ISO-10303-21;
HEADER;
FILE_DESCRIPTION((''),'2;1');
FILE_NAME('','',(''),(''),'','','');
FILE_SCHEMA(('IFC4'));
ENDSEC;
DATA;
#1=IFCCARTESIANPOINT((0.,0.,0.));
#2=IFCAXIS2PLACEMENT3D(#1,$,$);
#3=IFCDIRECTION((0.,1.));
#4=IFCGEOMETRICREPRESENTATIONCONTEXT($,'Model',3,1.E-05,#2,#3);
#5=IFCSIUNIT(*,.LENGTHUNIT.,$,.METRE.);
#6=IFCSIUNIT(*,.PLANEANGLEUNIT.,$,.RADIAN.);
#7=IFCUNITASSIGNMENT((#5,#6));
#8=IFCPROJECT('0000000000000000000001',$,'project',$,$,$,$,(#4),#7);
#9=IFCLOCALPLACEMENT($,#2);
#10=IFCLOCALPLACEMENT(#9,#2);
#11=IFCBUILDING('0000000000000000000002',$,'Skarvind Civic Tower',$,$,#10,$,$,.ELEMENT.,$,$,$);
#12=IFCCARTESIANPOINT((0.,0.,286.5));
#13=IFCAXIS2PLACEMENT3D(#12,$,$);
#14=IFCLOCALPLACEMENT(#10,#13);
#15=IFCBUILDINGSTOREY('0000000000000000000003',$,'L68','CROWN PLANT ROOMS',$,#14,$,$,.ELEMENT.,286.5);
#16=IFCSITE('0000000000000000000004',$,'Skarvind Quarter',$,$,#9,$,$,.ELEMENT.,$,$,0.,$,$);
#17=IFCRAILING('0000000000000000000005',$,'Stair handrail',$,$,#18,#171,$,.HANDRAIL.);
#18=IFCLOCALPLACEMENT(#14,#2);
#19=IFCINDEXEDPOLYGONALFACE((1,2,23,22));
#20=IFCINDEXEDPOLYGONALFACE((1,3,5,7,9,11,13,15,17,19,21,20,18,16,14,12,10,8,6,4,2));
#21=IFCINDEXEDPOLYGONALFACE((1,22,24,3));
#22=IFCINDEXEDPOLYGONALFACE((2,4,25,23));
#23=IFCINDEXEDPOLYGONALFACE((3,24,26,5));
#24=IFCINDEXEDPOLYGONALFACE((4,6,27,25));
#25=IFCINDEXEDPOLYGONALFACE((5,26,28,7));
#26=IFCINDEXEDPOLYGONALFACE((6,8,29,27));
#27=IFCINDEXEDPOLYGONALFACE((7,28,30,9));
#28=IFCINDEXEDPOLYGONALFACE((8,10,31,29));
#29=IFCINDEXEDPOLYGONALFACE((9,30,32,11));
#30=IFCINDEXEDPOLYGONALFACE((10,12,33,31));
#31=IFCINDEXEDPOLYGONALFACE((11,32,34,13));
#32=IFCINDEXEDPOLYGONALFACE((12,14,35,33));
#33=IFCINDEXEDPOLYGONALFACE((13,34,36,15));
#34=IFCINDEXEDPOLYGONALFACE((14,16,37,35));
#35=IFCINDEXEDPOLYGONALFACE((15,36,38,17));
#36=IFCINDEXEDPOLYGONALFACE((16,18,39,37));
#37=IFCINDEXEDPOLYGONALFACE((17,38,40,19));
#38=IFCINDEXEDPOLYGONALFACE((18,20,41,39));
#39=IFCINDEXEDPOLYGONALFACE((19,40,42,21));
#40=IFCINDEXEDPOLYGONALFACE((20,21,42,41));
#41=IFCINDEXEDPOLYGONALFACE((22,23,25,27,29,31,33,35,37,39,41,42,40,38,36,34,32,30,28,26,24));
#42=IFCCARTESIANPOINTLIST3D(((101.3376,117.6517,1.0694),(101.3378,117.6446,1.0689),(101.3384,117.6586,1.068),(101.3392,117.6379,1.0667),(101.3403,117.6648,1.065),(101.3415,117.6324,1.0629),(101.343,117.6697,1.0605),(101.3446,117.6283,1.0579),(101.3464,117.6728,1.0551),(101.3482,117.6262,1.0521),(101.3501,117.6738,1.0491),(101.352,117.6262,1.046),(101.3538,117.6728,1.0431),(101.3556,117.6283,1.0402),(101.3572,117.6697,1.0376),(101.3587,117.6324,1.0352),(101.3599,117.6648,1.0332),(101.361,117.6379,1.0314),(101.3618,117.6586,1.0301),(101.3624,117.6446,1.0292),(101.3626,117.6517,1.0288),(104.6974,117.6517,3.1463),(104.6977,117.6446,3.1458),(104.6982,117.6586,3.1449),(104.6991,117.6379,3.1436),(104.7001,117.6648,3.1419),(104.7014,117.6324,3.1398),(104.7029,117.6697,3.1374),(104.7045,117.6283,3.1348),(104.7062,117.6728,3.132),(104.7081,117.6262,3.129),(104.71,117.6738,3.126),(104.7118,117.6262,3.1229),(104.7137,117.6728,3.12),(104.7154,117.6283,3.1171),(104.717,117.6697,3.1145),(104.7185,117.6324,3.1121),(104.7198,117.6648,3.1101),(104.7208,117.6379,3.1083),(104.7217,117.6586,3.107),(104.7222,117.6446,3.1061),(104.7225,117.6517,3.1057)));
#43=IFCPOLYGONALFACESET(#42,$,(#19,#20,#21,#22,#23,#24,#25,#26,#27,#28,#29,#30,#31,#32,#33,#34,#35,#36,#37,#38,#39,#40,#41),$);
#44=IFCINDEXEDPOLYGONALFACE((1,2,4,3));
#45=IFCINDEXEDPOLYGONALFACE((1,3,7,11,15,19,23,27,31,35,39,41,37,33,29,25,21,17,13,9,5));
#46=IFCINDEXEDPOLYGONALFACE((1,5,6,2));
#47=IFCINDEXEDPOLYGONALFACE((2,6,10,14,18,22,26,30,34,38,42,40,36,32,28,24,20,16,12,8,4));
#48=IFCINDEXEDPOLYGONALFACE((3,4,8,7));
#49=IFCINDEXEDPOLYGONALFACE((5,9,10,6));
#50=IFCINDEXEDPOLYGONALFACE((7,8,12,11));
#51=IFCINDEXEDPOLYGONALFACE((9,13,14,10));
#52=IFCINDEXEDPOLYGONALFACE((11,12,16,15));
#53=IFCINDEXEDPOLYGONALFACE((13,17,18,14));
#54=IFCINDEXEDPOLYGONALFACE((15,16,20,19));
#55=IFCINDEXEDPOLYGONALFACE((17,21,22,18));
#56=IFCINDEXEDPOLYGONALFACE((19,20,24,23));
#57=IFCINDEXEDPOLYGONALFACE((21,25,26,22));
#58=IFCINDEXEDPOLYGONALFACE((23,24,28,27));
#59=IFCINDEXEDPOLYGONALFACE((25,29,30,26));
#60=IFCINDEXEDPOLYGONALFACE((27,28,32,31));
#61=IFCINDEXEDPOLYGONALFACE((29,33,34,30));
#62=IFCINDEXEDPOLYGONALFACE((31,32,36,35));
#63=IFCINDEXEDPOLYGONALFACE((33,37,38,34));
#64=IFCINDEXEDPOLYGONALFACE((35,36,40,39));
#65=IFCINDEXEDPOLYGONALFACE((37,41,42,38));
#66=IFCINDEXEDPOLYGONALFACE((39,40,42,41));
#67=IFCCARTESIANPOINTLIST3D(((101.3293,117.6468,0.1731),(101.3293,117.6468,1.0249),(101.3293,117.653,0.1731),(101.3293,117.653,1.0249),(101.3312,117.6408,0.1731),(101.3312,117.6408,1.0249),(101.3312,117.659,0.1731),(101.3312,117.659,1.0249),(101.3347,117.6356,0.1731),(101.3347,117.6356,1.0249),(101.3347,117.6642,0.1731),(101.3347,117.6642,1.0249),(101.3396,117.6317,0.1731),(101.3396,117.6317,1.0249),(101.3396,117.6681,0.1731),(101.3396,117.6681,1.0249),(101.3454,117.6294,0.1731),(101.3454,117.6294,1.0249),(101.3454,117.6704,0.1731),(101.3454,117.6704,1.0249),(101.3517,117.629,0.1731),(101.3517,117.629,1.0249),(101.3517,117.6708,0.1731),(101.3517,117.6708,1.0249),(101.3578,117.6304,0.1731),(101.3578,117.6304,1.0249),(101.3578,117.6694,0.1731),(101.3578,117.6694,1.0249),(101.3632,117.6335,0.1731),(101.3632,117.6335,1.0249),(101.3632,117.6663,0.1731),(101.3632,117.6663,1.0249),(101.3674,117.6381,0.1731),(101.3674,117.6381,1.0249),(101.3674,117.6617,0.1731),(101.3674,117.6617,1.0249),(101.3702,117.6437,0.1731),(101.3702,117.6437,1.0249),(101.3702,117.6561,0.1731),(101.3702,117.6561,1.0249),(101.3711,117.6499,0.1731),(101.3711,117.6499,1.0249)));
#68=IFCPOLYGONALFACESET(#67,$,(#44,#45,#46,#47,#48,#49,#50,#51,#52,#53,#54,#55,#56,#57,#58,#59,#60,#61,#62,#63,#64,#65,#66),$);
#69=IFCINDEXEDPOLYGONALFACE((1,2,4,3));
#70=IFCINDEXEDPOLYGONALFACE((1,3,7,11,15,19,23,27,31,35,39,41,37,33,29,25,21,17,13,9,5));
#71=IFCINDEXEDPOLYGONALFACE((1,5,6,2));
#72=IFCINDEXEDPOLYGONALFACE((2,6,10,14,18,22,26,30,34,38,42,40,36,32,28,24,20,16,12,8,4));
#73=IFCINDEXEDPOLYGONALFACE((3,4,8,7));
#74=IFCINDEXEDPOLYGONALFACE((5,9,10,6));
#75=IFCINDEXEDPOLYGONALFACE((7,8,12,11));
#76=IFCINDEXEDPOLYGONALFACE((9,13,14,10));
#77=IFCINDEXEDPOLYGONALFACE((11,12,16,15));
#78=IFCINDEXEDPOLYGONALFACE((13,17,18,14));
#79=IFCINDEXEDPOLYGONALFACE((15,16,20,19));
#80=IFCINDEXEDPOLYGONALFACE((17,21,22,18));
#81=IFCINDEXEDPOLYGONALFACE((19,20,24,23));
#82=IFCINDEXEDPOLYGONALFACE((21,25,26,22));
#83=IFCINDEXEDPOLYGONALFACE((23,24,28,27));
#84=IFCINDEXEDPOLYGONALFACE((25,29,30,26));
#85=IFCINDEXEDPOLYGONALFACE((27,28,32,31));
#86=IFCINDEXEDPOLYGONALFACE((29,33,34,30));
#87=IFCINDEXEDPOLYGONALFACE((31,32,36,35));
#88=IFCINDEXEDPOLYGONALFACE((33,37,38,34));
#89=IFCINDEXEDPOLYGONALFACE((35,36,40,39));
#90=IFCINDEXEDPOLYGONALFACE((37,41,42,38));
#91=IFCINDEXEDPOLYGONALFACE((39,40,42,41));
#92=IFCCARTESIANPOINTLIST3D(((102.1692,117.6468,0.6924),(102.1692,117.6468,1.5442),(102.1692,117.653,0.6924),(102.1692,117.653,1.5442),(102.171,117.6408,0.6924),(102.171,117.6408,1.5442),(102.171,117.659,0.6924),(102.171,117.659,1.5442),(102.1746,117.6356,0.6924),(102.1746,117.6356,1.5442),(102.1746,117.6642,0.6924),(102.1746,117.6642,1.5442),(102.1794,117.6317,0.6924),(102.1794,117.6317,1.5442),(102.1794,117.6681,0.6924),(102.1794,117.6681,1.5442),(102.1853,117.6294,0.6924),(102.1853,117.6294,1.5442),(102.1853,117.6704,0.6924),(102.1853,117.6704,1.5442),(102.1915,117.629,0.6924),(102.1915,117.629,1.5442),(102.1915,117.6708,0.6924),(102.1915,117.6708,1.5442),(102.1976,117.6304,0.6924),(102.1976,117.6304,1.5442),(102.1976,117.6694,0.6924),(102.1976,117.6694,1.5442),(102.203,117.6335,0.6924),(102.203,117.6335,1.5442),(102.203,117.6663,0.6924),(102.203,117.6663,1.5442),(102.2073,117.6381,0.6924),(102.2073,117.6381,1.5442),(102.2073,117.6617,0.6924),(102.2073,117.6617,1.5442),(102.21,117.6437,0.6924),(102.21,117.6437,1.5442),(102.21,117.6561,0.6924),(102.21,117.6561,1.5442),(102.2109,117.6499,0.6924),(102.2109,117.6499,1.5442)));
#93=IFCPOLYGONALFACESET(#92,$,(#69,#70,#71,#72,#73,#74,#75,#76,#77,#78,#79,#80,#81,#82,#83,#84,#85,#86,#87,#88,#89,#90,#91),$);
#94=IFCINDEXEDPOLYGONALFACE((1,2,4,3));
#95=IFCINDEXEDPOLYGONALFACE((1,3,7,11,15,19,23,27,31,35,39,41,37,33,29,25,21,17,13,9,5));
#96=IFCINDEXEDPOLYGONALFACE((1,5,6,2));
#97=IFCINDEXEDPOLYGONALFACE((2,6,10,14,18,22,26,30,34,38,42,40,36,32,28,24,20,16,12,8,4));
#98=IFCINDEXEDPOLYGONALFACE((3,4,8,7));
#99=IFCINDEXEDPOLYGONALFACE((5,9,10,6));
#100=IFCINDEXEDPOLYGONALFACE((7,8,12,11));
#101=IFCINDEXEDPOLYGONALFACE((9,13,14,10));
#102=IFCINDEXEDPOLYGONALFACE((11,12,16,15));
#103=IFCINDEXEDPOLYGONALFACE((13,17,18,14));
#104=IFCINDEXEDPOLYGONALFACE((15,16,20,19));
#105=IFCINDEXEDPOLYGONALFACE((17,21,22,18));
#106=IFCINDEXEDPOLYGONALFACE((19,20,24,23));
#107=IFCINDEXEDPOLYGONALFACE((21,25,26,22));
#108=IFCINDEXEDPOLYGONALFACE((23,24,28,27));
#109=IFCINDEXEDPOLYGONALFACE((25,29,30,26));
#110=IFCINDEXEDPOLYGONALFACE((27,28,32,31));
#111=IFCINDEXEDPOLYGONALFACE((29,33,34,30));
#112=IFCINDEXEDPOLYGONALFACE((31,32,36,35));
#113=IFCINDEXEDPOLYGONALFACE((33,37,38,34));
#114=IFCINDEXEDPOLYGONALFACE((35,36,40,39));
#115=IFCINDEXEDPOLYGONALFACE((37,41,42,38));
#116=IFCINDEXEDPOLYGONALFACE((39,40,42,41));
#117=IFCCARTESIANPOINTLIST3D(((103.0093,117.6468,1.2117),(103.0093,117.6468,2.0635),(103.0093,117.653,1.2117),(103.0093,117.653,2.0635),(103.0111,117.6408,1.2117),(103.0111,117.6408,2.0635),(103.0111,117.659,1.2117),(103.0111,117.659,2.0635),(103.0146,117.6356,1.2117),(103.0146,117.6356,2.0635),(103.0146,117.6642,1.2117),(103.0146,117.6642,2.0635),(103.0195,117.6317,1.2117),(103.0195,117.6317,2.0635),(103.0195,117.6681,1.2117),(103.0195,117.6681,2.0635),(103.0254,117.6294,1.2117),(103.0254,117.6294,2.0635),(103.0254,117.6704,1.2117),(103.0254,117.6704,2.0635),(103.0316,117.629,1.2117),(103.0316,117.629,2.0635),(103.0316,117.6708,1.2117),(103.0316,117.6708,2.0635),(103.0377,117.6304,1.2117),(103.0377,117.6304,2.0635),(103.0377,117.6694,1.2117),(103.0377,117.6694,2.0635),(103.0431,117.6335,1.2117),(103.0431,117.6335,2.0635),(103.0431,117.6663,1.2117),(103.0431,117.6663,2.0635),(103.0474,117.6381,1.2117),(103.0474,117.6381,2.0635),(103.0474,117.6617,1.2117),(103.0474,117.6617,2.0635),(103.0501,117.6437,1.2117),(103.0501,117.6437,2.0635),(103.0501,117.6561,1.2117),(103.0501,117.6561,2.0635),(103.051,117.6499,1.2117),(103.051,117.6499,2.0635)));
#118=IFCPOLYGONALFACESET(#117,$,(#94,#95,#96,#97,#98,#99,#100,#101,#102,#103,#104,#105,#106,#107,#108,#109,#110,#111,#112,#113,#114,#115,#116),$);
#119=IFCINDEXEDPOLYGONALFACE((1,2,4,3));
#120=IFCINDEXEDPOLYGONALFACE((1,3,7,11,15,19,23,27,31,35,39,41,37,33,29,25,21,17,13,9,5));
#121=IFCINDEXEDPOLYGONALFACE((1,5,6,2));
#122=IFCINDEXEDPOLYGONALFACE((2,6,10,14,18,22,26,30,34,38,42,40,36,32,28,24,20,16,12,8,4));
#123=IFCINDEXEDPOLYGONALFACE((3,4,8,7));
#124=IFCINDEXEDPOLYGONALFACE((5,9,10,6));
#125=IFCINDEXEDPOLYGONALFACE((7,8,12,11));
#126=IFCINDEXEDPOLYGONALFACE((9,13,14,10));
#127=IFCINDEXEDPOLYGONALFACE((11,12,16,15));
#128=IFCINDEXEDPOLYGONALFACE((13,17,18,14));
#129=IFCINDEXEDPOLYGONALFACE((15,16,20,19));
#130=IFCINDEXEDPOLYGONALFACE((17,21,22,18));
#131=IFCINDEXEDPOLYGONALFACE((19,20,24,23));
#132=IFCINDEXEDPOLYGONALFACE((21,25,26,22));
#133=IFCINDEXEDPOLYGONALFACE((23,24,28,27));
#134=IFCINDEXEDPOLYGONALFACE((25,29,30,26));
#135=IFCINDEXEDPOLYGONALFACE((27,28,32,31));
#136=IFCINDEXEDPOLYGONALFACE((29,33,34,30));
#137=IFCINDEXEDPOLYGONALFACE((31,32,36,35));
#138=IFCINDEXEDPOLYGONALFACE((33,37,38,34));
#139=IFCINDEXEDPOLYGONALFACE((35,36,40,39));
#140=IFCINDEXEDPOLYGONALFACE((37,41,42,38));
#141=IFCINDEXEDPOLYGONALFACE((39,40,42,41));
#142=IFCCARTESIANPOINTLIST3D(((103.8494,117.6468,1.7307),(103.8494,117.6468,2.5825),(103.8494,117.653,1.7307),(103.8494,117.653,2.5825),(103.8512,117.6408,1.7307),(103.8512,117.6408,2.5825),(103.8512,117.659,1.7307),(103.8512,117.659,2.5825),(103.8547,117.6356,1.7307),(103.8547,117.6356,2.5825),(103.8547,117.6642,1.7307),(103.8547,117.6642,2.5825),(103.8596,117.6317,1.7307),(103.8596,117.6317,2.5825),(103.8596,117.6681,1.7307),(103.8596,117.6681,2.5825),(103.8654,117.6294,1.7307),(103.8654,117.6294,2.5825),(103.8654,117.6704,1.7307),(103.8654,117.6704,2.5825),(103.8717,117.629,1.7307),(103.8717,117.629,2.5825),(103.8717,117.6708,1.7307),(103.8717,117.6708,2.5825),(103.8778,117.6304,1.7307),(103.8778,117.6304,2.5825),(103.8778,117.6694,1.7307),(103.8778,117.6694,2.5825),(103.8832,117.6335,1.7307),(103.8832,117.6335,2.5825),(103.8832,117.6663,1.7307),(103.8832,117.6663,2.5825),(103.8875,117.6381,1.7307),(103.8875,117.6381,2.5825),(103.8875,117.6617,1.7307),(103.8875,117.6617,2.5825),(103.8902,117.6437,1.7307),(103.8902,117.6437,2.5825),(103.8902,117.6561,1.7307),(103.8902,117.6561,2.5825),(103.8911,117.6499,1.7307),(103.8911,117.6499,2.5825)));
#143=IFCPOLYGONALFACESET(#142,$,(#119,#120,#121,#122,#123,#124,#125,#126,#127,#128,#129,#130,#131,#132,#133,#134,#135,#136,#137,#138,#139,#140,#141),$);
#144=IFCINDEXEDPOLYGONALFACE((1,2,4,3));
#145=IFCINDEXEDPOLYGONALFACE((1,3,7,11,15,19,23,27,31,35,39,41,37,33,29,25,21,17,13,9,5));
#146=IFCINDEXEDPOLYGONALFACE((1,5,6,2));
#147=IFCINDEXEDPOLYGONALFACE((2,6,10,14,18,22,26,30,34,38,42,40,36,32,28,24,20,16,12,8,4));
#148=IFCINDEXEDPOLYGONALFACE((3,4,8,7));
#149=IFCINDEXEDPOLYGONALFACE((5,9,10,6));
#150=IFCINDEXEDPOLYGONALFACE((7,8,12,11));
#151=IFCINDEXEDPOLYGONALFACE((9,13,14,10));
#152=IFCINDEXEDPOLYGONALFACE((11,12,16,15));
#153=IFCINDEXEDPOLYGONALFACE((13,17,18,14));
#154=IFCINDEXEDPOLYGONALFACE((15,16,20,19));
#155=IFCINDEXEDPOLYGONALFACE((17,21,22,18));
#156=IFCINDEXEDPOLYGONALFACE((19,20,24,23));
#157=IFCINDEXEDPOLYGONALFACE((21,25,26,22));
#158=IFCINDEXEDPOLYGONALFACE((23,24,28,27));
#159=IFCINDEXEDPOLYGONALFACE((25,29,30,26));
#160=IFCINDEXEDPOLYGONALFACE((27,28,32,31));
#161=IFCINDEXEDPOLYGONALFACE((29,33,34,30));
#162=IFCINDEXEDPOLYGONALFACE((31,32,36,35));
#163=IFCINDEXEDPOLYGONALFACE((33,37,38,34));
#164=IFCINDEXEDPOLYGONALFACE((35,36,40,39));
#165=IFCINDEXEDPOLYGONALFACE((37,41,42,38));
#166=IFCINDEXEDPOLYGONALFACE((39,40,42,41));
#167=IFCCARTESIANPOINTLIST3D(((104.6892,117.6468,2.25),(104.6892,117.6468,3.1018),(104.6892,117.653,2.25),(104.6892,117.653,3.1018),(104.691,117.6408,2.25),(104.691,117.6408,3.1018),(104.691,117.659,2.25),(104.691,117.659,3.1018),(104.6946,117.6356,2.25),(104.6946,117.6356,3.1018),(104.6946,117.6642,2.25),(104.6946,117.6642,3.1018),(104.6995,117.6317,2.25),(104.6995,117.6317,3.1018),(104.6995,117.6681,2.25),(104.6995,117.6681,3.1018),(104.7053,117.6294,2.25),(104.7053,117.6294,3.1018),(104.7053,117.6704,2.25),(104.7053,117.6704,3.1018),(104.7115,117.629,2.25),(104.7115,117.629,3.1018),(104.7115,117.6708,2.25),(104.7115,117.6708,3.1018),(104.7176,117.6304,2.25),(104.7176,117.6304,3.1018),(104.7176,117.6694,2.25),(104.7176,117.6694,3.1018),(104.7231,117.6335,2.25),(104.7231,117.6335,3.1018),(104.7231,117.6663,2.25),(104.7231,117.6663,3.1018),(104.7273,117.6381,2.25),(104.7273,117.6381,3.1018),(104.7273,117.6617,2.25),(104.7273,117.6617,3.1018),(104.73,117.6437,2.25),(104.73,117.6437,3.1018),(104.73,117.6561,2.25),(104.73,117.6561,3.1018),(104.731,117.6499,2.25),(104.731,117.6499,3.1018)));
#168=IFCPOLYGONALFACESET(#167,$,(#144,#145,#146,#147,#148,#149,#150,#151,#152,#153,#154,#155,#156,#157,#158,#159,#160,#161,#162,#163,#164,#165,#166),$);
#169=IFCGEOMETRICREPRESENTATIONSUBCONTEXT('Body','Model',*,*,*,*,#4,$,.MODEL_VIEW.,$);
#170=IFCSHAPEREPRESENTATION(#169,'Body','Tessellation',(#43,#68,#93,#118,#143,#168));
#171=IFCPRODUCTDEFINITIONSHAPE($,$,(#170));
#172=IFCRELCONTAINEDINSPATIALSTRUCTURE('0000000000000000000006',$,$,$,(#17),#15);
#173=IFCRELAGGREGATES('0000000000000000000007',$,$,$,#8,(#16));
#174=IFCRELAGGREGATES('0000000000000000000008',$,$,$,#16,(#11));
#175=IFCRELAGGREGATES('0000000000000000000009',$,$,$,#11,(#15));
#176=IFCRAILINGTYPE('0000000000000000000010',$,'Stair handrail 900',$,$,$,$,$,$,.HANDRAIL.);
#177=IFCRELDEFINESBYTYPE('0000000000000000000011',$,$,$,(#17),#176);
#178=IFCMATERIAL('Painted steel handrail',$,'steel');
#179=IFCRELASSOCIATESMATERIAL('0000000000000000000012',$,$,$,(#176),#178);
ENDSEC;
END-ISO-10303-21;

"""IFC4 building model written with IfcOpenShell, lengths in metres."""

from ifc_helpers import new_model, si_unit, direction, frame, origin, origin_2d, place, context, subcontext, project, spatial, circle, extrude, material, type_object, element, save


model = new_model("IFC4")

# Units and contexts
model_context = context("Model", 3, precision=1e-05, world=origin(), true_north=direction((0.0, 1.0)))
body_context = subcontext(model_context, "Body", "Model", "MODEL_VIEW")
ifc_project = project(units=[si_unit("LENGTHUNIT", "METRE"), si_unit("PLANEANGLEUNIT", "RADIAN")], contexts=[model_context])

# Site, building, storey
site_placement = place(None, origin())
site = spatial("IfcSite", under=ifc_project, at=site_placement, Name="Skarvind Quarter", CompositionType="ELEMENT", RefElevation=0.0)
building_placement = place(site_placement, origin())
building = spatial("IfcBuilding", under=site, at=building_placement, Name="Skarvind Civic Tower", CompositionType="ELEMENT")
storey_placement = place(building_placement, frame((0.0, 0.0, 286.5)))
storey = spatial("IfcBuildingStorey", under=building, at=storey_placement, Name="L68", Description="CROWN PLANT ROOMS", CompositionType="ELEMENT", Elevation=286.5)

# Railing
ifc_material_1 = material(Name="Painted steel handrail", Category="steel")
railing_type = type_object("IfcRailingType", Name="Stair handrail 900", PredefinedType="HANDRAIL", material=ifc_material_1)
railing_1_placement = place(storey_placement, frame((101.3501, 117.6499, 0.1731)))
element("IfcRailing", 1, at=railing_1_placement, inside=storey, type_object=railing_type, Name="Stair handrail", PredefinedType="HANDRAIL", context=body_context, shape_type="SweptSolid", body=[
    extrude(circle(Radius=0.0239, at=origin_2d()), frame((0.0, 0.0, 0.876), z_axis=(0.850606, 0.0, 0.525803), x_axis=(0.0, 1.0, 0.0)), (0.0, 0.0, 1.0), 3.95),
    extrude(circle(Radius=0.021, at=origin_2d()), origin(), (0.0, 0.0, 1.0), 0.8518),
    extrude(circle(Radius=0.021, at=origin_2d()), frame((0.8398, 0.0, 0.5193)), (0.0, 0.0, 1.0), 0.8518),
    extrude(circle(Radius=0.021, at=origin_2d()), frame((1.6799, 0.0, 1.0386)), (0.0, 0.0, 1.0), 0.8518),
    extrude(circle(Radius=0.021, at=origin_2d()), frame((2.52, 0.0, 1.5576)), (0.0, 0.0, 1.0), 0.8518),
    extrude(circle(Radius=0.021, at=origin_2d()), frame((3.3599, 0.0, 2.0769)), (0.0, 0.0, 1.0), 0.8518),
])

save(model, "model.ifc")
